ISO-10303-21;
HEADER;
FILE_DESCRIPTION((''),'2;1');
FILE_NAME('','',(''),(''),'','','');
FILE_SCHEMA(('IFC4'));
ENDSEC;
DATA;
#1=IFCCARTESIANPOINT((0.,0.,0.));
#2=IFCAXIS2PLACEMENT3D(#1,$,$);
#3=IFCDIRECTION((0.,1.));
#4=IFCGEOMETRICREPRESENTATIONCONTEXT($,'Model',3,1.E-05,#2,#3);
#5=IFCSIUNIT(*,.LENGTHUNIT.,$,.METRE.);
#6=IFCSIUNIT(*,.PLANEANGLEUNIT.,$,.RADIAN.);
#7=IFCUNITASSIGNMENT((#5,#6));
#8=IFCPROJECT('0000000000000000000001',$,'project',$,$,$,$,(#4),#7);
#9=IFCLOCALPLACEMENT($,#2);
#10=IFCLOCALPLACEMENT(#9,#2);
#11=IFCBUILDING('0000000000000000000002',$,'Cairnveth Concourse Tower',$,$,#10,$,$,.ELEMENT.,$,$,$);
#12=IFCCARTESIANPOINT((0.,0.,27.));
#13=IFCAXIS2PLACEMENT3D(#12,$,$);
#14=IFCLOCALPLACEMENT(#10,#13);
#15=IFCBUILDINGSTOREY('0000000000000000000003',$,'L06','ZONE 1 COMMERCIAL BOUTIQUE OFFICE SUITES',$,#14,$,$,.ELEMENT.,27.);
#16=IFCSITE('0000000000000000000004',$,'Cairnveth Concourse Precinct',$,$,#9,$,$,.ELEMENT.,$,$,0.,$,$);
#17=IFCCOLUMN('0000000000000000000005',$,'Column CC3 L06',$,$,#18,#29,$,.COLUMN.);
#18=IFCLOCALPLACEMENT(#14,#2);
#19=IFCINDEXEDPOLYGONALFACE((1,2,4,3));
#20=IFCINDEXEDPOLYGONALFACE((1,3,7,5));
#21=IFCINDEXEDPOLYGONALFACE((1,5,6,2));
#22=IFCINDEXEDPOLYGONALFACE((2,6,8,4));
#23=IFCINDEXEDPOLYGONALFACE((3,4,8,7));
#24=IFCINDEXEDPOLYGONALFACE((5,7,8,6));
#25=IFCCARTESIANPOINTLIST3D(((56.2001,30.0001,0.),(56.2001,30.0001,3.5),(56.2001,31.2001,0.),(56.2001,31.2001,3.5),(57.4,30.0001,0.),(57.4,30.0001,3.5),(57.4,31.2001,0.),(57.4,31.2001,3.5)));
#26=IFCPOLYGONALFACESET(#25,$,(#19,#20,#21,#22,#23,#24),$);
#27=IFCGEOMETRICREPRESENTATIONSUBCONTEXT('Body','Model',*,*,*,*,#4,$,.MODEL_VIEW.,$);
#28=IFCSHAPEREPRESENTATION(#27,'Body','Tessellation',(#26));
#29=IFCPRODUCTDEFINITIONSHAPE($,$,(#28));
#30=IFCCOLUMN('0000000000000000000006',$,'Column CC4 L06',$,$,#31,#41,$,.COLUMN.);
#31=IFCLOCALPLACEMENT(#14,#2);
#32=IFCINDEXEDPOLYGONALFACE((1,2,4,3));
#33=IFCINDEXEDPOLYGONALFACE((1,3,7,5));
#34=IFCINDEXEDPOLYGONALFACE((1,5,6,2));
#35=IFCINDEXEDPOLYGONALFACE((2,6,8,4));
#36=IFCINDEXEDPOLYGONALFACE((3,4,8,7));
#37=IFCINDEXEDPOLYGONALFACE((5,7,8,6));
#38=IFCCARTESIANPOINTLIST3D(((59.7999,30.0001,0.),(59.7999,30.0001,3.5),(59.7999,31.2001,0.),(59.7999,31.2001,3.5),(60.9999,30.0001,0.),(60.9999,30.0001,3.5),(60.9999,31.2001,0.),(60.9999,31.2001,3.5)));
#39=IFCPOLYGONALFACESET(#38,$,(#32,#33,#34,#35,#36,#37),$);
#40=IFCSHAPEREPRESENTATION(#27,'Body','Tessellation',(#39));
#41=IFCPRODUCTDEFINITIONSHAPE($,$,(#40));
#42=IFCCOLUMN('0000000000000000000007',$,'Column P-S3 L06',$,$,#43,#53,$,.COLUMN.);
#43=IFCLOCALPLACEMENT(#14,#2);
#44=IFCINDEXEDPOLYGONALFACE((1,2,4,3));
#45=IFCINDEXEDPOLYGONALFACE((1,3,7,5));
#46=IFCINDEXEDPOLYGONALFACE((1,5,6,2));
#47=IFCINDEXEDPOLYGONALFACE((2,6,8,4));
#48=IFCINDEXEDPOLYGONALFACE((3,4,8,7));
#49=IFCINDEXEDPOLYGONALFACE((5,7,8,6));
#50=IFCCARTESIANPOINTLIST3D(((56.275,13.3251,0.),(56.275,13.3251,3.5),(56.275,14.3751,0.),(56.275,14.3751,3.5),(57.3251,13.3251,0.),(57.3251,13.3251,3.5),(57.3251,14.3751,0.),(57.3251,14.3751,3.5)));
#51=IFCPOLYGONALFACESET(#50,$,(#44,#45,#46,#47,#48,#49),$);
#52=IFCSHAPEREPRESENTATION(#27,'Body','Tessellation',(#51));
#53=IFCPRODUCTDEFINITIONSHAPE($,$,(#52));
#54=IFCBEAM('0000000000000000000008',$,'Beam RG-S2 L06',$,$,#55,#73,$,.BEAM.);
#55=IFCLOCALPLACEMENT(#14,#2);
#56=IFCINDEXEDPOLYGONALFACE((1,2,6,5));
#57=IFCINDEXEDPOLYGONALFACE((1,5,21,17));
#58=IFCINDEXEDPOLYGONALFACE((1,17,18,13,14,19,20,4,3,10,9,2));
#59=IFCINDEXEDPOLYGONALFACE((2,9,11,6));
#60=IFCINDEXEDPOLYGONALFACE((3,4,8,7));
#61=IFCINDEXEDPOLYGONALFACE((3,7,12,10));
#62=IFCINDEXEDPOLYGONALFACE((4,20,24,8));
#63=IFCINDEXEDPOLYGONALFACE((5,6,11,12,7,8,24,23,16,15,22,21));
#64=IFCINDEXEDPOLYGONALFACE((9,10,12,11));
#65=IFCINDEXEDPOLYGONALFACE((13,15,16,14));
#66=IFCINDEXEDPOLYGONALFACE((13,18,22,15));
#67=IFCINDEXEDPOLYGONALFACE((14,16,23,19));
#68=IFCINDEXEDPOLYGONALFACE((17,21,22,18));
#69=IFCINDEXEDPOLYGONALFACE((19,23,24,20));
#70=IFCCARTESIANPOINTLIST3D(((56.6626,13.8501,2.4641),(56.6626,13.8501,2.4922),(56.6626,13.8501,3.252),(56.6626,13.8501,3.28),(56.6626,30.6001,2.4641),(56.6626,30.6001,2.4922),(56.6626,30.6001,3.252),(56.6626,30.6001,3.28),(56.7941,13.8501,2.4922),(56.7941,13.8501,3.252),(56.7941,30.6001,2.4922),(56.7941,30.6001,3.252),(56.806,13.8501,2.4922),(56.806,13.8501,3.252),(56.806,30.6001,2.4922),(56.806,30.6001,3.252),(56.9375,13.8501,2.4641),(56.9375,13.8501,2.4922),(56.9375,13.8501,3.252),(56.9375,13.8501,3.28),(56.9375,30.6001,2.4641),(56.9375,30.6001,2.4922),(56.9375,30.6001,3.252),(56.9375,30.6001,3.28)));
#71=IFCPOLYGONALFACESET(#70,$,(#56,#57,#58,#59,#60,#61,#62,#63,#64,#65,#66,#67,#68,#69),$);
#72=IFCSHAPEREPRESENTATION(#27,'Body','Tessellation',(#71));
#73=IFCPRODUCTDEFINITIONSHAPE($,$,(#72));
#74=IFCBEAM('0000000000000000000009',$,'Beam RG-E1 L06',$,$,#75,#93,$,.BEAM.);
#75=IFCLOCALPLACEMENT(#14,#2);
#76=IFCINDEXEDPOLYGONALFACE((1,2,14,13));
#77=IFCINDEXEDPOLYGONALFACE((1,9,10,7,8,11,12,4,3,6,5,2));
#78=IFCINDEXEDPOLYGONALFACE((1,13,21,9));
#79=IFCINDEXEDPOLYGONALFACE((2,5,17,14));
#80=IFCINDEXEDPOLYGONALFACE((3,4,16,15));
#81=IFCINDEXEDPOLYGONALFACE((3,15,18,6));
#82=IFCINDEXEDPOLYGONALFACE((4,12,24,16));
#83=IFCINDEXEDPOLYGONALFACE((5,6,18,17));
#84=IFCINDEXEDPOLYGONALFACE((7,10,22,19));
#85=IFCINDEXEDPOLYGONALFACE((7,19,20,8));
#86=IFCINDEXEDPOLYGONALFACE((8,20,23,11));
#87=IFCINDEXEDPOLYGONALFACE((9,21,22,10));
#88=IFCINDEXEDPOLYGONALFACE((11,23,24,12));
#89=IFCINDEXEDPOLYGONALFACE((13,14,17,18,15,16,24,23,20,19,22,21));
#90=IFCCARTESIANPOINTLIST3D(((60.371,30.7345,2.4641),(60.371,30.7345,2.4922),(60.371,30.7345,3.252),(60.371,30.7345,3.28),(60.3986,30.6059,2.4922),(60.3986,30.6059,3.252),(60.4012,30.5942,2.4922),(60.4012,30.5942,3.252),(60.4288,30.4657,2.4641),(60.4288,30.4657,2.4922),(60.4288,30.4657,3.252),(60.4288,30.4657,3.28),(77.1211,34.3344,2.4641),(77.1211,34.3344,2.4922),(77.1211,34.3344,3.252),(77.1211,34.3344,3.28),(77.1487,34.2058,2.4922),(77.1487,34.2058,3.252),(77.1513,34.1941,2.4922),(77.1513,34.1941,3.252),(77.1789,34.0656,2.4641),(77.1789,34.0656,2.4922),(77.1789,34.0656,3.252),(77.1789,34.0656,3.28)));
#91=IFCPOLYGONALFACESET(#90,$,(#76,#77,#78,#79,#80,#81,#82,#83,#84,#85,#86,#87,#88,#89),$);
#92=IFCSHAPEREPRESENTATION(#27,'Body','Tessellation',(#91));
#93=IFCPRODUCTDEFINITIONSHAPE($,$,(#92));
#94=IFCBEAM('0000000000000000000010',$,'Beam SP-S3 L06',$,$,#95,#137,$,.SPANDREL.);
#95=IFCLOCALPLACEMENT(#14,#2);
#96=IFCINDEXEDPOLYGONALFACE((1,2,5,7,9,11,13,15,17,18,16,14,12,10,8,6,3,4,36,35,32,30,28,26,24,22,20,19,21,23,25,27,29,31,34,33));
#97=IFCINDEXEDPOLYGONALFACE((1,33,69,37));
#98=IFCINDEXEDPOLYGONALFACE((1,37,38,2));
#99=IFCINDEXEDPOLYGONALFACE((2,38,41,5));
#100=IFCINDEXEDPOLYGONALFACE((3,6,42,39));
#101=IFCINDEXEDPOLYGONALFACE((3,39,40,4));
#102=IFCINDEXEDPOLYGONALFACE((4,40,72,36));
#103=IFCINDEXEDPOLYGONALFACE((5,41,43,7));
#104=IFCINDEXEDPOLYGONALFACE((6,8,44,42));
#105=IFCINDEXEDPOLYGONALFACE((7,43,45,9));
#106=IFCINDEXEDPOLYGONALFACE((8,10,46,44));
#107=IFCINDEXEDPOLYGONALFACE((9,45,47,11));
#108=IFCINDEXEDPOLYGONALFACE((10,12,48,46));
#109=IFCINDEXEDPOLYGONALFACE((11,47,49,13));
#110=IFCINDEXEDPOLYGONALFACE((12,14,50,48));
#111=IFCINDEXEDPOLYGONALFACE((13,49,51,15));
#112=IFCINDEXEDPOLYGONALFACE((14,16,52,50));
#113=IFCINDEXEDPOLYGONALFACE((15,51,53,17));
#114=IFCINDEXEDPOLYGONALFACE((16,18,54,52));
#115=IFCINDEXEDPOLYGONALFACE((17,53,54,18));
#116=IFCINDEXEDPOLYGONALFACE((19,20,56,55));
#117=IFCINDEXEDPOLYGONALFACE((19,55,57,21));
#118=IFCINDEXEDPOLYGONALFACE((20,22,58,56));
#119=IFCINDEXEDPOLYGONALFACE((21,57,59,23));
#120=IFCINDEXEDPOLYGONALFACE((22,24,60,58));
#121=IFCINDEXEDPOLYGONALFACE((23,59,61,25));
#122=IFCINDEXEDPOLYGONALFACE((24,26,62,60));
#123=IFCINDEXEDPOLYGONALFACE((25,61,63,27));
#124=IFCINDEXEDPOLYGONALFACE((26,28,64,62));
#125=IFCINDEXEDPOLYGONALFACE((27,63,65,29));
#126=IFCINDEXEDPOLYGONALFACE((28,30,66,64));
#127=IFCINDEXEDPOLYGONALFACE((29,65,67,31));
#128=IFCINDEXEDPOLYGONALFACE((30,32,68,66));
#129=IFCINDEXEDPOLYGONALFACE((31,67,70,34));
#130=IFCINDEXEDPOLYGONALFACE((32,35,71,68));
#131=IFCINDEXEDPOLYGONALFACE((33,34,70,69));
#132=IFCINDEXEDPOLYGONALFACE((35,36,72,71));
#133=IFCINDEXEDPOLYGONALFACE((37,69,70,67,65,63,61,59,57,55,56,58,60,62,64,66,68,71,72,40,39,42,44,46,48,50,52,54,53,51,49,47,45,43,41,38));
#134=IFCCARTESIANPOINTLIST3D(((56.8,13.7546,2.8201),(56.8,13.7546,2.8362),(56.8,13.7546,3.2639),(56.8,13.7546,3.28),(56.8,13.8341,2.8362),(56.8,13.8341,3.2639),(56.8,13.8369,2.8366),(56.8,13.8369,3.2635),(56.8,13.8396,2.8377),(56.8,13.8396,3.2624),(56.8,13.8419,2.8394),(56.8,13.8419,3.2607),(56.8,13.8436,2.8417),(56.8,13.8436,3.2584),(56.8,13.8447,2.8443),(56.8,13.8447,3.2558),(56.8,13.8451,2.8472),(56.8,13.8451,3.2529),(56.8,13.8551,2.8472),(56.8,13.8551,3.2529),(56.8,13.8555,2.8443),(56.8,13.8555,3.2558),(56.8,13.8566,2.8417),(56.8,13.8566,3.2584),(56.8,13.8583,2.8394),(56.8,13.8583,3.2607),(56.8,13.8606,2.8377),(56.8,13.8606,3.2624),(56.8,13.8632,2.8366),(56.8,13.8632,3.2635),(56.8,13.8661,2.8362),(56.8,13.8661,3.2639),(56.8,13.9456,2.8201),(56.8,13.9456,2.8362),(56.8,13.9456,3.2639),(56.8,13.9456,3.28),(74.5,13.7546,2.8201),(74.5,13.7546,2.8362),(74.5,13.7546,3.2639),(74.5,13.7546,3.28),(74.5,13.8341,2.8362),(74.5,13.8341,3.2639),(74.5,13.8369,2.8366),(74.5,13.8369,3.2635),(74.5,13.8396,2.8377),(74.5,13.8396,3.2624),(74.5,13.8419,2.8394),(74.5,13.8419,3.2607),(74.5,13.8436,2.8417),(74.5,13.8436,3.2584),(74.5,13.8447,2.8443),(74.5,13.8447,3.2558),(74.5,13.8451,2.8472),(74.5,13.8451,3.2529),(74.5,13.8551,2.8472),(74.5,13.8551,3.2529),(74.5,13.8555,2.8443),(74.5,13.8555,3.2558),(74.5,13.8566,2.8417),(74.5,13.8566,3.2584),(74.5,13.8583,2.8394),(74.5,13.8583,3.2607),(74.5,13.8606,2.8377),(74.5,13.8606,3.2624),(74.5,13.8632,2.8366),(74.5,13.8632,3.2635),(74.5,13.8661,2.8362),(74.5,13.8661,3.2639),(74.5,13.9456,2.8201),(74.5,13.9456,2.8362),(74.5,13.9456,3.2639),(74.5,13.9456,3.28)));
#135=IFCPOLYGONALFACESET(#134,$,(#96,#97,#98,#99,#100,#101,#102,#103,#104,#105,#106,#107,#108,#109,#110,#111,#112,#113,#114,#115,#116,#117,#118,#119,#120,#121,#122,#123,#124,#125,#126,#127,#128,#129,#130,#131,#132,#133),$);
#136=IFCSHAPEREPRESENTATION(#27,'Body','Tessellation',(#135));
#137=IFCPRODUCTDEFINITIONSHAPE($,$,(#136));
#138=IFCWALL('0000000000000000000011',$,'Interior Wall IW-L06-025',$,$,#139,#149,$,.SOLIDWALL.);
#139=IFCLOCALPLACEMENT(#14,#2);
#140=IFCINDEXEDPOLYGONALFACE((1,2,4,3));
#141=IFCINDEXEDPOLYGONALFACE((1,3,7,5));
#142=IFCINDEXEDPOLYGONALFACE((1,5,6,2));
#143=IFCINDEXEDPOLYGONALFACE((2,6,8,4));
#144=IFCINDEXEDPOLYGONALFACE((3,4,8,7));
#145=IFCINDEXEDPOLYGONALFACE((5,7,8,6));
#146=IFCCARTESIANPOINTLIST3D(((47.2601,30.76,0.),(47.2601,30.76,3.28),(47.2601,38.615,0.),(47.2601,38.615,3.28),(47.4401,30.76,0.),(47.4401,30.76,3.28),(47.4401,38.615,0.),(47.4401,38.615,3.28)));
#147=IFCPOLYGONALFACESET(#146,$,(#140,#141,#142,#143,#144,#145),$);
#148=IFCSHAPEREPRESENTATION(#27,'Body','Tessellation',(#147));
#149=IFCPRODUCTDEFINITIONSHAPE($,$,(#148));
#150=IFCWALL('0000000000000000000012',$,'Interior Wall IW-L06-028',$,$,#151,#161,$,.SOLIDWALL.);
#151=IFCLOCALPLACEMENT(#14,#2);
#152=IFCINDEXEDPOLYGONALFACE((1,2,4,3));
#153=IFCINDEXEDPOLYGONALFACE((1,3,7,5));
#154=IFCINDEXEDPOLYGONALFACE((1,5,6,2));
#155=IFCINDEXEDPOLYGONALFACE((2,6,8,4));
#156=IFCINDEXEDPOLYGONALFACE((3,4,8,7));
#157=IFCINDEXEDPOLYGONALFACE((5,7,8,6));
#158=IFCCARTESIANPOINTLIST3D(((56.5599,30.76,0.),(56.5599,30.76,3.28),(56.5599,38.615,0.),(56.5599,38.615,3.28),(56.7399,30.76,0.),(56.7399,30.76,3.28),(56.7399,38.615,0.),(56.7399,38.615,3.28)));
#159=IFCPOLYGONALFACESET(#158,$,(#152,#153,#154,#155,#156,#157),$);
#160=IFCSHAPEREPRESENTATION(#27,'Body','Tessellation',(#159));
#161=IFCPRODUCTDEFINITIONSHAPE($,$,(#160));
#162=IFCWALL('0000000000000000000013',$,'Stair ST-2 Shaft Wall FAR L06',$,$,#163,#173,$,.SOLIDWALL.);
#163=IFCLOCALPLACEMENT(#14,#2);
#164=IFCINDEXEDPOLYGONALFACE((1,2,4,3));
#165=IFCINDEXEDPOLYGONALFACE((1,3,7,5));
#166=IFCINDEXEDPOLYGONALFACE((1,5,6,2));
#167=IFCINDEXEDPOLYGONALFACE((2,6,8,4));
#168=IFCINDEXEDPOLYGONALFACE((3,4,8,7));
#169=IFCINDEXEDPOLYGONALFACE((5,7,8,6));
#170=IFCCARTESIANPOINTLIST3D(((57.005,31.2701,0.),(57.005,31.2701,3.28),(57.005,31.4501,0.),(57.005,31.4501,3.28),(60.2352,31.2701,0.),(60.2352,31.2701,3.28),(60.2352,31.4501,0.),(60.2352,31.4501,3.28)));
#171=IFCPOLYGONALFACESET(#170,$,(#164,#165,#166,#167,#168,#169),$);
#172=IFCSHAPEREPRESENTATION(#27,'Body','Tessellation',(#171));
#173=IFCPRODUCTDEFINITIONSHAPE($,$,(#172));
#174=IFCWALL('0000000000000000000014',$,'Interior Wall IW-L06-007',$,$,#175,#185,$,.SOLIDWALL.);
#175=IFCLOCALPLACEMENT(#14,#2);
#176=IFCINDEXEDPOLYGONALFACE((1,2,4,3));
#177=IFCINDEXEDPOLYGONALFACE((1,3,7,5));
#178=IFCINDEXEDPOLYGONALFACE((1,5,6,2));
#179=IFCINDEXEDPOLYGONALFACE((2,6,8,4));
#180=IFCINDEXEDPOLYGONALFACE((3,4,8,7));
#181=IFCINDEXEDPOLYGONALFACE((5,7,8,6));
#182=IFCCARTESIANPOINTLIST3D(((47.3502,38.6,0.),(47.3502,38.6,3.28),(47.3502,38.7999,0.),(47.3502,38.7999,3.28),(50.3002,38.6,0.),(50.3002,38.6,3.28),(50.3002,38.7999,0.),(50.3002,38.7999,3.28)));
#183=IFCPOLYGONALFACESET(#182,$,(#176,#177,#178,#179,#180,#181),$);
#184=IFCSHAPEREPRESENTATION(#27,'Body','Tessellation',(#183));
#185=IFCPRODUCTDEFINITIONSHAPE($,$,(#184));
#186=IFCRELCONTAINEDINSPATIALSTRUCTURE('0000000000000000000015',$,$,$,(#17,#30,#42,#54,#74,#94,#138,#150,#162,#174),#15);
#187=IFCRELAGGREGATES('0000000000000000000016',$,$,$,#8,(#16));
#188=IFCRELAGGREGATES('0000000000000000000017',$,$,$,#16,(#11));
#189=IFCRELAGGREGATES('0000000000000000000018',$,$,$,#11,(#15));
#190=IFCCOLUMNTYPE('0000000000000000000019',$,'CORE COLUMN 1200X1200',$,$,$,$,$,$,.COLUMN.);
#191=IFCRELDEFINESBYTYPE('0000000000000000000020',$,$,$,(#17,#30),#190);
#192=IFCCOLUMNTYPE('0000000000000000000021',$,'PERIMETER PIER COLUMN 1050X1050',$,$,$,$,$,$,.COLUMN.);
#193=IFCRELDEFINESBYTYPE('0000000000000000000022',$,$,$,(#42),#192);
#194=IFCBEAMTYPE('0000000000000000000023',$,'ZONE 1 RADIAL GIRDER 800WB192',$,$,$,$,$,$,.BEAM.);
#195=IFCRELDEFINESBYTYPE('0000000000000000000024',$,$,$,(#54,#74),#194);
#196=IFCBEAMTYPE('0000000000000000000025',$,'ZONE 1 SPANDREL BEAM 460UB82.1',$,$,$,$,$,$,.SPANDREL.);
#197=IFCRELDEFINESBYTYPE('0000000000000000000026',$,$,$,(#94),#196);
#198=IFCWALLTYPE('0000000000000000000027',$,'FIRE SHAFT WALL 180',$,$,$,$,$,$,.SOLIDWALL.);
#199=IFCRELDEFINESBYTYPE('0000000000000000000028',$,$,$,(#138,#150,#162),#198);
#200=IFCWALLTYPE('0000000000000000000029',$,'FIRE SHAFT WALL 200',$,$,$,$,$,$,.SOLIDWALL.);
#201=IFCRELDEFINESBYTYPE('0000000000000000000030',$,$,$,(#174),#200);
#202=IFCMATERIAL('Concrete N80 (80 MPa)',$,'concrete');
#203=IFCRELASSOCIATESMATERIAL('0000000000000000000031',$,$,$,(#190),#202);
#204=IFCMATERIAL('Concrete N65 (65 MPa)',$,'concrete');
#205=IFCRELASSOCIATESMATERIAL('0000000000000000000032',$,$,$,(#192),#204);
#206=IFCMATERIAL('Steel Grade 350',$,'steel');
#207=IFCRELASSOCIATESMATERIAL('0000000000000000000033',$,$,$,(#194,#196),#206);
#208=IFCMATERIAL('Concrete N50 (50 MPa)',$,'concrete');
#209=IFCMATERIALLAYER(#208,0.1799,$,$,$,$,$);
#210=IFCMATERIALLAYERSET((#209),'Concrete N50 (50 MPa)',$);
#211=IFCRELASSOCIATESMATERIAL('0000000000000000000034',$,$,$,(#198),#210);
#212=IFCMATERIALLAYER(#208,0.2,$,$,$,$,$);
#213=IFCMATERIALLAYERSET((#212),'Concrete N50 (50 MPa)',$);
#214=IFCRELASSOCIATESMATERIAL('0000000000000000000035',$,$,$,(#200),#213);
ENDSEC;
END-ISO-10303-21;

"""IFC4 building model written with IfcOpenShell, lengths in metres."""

from ifc_helpers import new_model, si_unit, direction, frame, frame_2d, origin, origin_2d, place, context, subcontext, project, spatial, rectangle, i_section, extrude, material, layer, layer_set, material_profile, profile_set, type_object, element, save


model = new_model("IFC4")

# Units and contexts
model_context = context("Model", 3, precision=1e-05, world=origin(), true_north=direction((0.0, 1.0)))
body_context = subcontext(model_context, "Body", "Model", "MODEL_VIEW")
ifc_project = project(units=[si_unit("LENGTHUNIT", "METRE"), si_unit("PLANEANGLEUNIT", "RADIAN")], contexts=[model_context])

# Site, building, storey
site_placement = place(None, origin())
site = spatial("IfcSite", under=ifc_project, at=site_placement, Name="Cairnveth Concourse Precinct", CompositionType="ELEMENT", RefElevation=0.0)
building_placement = place(site_placement, origin())
building = spatial("IfcBuilding", under=site, at=building_placement, Name="Cairnveth Concourse Tower", CompositionType="ELEMENT")
storey_placement = place(building_placement, frame((0.0, 0.0, 27.0)))
storey = spatial("IfcBuildingStorey", under=building, at=storey_placement, Name="L06", Description="ZONE 1 COMMERCIAL BOUTIQUE OFFICE SUITES", CompositionType="ELEMENT", Elevation=27.0)

# Columns
ifc_material_1 = material(Name="Concrete N80 (80 MPa)", Category="concrete")
ifc_material_profile_1 = material_profile(ifc_material_1, rectangle(XDim=1.2, YDim=1.2, at=origin_2d()), Name="RC-COL-1200x1200")
ifc_profile_set_1 = profile_set([ifc_material_profile_1], Name="Concrete N80 (80 MPa)")
column_type_1 = type_object("IfcColumnType", Name="CORE COLUMN 1200X1200", PredefinedType="COLUMN", material=ifc_profile_set_1)
for number, where, z_axis, x_axis, name in (
    (1, (56.8, 30.6001, 0.0), (0.0, 0.0, 1.0), (1.0, 0.0, 0.0), "Column CC3 L06"),
    (2, (60.3999, 30.6001, 0.0), (0.0, 0.0, 1.0), (1.0, 0.0, 0.0), "Column CC4 L06"),
):
    element("IfcColumn", number, at=place(storey_placement, frame(where, z_axis=z_axis, x_axis=x_axis)), inside=storey, type_object=column_type_1, Name=name, PredefinedType="COLUMN", context=body_context, shape_type="SweptSolid", body=[
        extrude(rectangle(XDim=1.2, YDim=1.2, at=origin_2d()), origin(), (0.0, 0.0, 1.0), 3.5),
    ])
ifc_material_2 = material(Name="Concrete N65 (65 MPa)", Category="concrete")
ifc_material_profile_2 = material_profile(ifc_material_2, rectangle(XDim=1.05, YDim=1.05, at=origin_2d()), Name="RC-COL-1050x1050")
ifc_profile_set_2 = profile_set([ifc_material_profile_2], Name="Concrete N65 (65 MPa)")
column_type_2 = type_object("IfcColumnType", Name="PERIMETER PIER COLUMN 1050X1050", PredefinedType="COLUMN", material=ifc_profile_set_2)
column_placement = place(storey_placement, frame((56.8, 13.8501, 0.0), z_axis=(0.0, 0.0, 1.0), x_axis=(1.0, 0.0, 0.0)))
element("IfcColumn", 3, at=column_placement, inside=storey, type_object=column_type_2, Name="Column P-S3 L06", PredefinedType="COLUMN", context=body_context, shape_type="SweptSolid", body=[
    extrude(rectangle(XDim=1.05, YDim=1.05, at=origin_2d()), origin(), (0.0, 0.0, 1.0), 3.5),
])

# Beams
ifc_material_3 = material(Name="Steel Grade 350", Category="steel")
ifc_material_profile_3 = material_profile(ifc_material_3, i_section(OverallWidth=0.2749, OverallDepth=0.8159, WebThickness=0.012, FlangeThickness=0.0281, at=origin_2d()), Name="800WB192")
ifc_profile_set_3 = profile_set([ifc_material_profile_3], Name="Steel Grade 350")
beam_type_1 = type_object("IfcBeamType", Name="ZONE 1 RADIAL GIRDER 800WB192", PredefinedType="BEAM", material=ifc_profile_set_3)
beam_1_placement = place(storey_placement, frame((56.8, 13.8501, 2.8721), z_axis=(0.0, 1.0, 0.0), x_axis=(-1.0, 0.0, 0.0)))
element("IfcBeam", 4, at=beam_1_placement, inside=storey, type_object=beam_type_1, Name="Beam RG-S2 L06", PredefinedType="BEAM", context=body_context, shape_type="SweptSolid", body=[
    extrude(i_section(OverallWidth=0.2749, OverallDepth=0.8159, WebThickness=0.012, FlangeThickness=0.0281, at=origin_2d()), origin(), (0.0, 0.0, 1.0), 16.75),
])
beam_2_placement = place(storey_placement, frame((60.3999, 30.6001, 2.8721), z_axis=(0.977676, 0.210119, 0.0), x_axis=(-0.210119, 0.977676, 0.0)))
element("IfcBeam", 5, at=beam_2_placement, inside=storey, type_object=beam_type_1, Name="Beam RG-E1 L06", PredefinedType="BEAM", context=body_context, shape_type="SweptSolid", body=[
    extrude(i_section(OverallWidth=0.2749, OverallDepth=0.8159, WebThickness=0.012, FlangeThickness=0.0281, at=origin_2d()), origin(), (0.0, 0.0, 1.0), 17.1326),
])
ifc_material_profile_4 = material_profile(ifc_material_3, i_section(OverallWidth=0.1909, OverallDepth=0.46, WebThickness=0.01, FlangeThickness=0.0161, FilletRadius=0.011, at=origin_2d()), Name="460UB82.1")
ifc_profile_set_4 = profile_set([ifc_material_profile_4], Name="Steel Grade 350")
beam_type_2 = type_object("IfcBeamType", Name="ZONE 1 SPANDREL BEAM 460UB82.1", PredefinedType="SPANDREL", material=ifc_profile_set_4)
beam_3_placement = place(storey_placement, frame((56.8, 13.8501, 3.05), z_axis=(1.0, 0.0, 0.0), x_axis=(0.0, 1.0, 0.0)))
element("IfcBeam", 6, at=beam_3_placement, inside=storey, type_object=beam_type_2, Name="Beam SP-S3 L06", PredefinedType="SPANDREL", context=body_context, shape_type="SweptSolid", body=[
    extrude(i_section(OverallWidth=0.1909, OverallDepth=0.46, WebThickness=0.01, FlangeThickness=0.0161, FilletRadius=0.011, at=origin_2d()), origin(), (0.0, 0.0, 1.0), 17.7),
])

# Walls
ifc_material_4 = material(Name="Concrete N50 (50 MPa)", Category="concrete")
ifc_layer_1 = layer(ifc_material_4, 0.1799)
ifc_layer_set_1 = layer_set([ifc_layer_1], Name="Concrete N50 (50 MPa)")
wall_type_1 = type_object("IfcWallType", Name="FIRE SHAFT WALL 180", PredefinedType="SOLIDWALL", material=ifc_layer_set_1)
for number, where, z_axis, x_axis, name in (
    (7, (47.3501, 30.76, 0.0), (0.0, 0.0, 1.0), (0.0, 1.0, 0.0), "Interior Wall IW-L06-025"),
    (8, (56.6499, 30.76, 0.0), (0.0, 0.0, 1.0), (0.0, 1.0, 0.0), "Interior Wall IW-L06-028"),
):
    element("IfcWall", number, at=place(storey_placement, frame(where, z_axis=z_axis, x_axis=x_axis)), inside=storey, type_object=wall_type_1, Name=name, PredefinedType="SOLIDWALL", context=body_context, shape_type="SweptSolid", body=[
        extrude(rectangle(XDim=7.855, YDim=0.1799, at=frame_2d((3.9275, 0.0))), origin(), (0.0, 0.0, 1.0), 3.28),
    ])

# Walls
wall_1_placement = place(storey_placement, frame((57.0049, 31.3601, 0.0), z_axis=(0.0, 0.0, 1.0), x_axis=(1.0, 0.0, 0.0)))
element("IfcWall", 9, at=wall_1_placement, inside=storey, type_object=wall_type_1, Name="Stair ST-2 Shaft Wall FAR L06", PredefinedType="SOLIDWALL", context=body_context, shape_type="SweptSolid", body=[
    extrude(rectangle(XDim=3.2302, YDim=0.1799, at=frame_2d((1.6152, 0.0))), origin(), (0.0, 0.0, 1.0), 3.28),
])
ifc_layer_2 = layer(ifc_material_4, 0.2)
ifc_layer_set_2 = layer_set([ifc_layer_2], Name="Concrete N50 (50 MPa)")
wall_type_2 = type_object("IfcWallType", Name="FIRE SHAFT WALL 200", PredefinedType="SOLIDWALL", material=ifc_layer_set_2)
for number, where, z_axis, x_axis, name in (
    (10, (47.3501, 38.7, 0.0), (0.0, 0.0, 1.0), (1.0, 0.0, 0.0), "Interior Wall IW-L06-007"),
):
    element("IfcWall", number, at=place(storey_placement, frame(where, z_axis=z_axis, x_axis=x_axis)), inside=storey, type_object=wall_type_2, Name=name, PredefinedType="SOLIDWALL", context=body_context, shape_type="SweptSolid", body=[
        extrude(rectangle(XDim=2.95, YDim=0.2, at=frame_2d((1.4751, 0.0))), origin(), (0.0, 0.0, 1.0), 3.28),
    ])

save(model, "model.ifc")
